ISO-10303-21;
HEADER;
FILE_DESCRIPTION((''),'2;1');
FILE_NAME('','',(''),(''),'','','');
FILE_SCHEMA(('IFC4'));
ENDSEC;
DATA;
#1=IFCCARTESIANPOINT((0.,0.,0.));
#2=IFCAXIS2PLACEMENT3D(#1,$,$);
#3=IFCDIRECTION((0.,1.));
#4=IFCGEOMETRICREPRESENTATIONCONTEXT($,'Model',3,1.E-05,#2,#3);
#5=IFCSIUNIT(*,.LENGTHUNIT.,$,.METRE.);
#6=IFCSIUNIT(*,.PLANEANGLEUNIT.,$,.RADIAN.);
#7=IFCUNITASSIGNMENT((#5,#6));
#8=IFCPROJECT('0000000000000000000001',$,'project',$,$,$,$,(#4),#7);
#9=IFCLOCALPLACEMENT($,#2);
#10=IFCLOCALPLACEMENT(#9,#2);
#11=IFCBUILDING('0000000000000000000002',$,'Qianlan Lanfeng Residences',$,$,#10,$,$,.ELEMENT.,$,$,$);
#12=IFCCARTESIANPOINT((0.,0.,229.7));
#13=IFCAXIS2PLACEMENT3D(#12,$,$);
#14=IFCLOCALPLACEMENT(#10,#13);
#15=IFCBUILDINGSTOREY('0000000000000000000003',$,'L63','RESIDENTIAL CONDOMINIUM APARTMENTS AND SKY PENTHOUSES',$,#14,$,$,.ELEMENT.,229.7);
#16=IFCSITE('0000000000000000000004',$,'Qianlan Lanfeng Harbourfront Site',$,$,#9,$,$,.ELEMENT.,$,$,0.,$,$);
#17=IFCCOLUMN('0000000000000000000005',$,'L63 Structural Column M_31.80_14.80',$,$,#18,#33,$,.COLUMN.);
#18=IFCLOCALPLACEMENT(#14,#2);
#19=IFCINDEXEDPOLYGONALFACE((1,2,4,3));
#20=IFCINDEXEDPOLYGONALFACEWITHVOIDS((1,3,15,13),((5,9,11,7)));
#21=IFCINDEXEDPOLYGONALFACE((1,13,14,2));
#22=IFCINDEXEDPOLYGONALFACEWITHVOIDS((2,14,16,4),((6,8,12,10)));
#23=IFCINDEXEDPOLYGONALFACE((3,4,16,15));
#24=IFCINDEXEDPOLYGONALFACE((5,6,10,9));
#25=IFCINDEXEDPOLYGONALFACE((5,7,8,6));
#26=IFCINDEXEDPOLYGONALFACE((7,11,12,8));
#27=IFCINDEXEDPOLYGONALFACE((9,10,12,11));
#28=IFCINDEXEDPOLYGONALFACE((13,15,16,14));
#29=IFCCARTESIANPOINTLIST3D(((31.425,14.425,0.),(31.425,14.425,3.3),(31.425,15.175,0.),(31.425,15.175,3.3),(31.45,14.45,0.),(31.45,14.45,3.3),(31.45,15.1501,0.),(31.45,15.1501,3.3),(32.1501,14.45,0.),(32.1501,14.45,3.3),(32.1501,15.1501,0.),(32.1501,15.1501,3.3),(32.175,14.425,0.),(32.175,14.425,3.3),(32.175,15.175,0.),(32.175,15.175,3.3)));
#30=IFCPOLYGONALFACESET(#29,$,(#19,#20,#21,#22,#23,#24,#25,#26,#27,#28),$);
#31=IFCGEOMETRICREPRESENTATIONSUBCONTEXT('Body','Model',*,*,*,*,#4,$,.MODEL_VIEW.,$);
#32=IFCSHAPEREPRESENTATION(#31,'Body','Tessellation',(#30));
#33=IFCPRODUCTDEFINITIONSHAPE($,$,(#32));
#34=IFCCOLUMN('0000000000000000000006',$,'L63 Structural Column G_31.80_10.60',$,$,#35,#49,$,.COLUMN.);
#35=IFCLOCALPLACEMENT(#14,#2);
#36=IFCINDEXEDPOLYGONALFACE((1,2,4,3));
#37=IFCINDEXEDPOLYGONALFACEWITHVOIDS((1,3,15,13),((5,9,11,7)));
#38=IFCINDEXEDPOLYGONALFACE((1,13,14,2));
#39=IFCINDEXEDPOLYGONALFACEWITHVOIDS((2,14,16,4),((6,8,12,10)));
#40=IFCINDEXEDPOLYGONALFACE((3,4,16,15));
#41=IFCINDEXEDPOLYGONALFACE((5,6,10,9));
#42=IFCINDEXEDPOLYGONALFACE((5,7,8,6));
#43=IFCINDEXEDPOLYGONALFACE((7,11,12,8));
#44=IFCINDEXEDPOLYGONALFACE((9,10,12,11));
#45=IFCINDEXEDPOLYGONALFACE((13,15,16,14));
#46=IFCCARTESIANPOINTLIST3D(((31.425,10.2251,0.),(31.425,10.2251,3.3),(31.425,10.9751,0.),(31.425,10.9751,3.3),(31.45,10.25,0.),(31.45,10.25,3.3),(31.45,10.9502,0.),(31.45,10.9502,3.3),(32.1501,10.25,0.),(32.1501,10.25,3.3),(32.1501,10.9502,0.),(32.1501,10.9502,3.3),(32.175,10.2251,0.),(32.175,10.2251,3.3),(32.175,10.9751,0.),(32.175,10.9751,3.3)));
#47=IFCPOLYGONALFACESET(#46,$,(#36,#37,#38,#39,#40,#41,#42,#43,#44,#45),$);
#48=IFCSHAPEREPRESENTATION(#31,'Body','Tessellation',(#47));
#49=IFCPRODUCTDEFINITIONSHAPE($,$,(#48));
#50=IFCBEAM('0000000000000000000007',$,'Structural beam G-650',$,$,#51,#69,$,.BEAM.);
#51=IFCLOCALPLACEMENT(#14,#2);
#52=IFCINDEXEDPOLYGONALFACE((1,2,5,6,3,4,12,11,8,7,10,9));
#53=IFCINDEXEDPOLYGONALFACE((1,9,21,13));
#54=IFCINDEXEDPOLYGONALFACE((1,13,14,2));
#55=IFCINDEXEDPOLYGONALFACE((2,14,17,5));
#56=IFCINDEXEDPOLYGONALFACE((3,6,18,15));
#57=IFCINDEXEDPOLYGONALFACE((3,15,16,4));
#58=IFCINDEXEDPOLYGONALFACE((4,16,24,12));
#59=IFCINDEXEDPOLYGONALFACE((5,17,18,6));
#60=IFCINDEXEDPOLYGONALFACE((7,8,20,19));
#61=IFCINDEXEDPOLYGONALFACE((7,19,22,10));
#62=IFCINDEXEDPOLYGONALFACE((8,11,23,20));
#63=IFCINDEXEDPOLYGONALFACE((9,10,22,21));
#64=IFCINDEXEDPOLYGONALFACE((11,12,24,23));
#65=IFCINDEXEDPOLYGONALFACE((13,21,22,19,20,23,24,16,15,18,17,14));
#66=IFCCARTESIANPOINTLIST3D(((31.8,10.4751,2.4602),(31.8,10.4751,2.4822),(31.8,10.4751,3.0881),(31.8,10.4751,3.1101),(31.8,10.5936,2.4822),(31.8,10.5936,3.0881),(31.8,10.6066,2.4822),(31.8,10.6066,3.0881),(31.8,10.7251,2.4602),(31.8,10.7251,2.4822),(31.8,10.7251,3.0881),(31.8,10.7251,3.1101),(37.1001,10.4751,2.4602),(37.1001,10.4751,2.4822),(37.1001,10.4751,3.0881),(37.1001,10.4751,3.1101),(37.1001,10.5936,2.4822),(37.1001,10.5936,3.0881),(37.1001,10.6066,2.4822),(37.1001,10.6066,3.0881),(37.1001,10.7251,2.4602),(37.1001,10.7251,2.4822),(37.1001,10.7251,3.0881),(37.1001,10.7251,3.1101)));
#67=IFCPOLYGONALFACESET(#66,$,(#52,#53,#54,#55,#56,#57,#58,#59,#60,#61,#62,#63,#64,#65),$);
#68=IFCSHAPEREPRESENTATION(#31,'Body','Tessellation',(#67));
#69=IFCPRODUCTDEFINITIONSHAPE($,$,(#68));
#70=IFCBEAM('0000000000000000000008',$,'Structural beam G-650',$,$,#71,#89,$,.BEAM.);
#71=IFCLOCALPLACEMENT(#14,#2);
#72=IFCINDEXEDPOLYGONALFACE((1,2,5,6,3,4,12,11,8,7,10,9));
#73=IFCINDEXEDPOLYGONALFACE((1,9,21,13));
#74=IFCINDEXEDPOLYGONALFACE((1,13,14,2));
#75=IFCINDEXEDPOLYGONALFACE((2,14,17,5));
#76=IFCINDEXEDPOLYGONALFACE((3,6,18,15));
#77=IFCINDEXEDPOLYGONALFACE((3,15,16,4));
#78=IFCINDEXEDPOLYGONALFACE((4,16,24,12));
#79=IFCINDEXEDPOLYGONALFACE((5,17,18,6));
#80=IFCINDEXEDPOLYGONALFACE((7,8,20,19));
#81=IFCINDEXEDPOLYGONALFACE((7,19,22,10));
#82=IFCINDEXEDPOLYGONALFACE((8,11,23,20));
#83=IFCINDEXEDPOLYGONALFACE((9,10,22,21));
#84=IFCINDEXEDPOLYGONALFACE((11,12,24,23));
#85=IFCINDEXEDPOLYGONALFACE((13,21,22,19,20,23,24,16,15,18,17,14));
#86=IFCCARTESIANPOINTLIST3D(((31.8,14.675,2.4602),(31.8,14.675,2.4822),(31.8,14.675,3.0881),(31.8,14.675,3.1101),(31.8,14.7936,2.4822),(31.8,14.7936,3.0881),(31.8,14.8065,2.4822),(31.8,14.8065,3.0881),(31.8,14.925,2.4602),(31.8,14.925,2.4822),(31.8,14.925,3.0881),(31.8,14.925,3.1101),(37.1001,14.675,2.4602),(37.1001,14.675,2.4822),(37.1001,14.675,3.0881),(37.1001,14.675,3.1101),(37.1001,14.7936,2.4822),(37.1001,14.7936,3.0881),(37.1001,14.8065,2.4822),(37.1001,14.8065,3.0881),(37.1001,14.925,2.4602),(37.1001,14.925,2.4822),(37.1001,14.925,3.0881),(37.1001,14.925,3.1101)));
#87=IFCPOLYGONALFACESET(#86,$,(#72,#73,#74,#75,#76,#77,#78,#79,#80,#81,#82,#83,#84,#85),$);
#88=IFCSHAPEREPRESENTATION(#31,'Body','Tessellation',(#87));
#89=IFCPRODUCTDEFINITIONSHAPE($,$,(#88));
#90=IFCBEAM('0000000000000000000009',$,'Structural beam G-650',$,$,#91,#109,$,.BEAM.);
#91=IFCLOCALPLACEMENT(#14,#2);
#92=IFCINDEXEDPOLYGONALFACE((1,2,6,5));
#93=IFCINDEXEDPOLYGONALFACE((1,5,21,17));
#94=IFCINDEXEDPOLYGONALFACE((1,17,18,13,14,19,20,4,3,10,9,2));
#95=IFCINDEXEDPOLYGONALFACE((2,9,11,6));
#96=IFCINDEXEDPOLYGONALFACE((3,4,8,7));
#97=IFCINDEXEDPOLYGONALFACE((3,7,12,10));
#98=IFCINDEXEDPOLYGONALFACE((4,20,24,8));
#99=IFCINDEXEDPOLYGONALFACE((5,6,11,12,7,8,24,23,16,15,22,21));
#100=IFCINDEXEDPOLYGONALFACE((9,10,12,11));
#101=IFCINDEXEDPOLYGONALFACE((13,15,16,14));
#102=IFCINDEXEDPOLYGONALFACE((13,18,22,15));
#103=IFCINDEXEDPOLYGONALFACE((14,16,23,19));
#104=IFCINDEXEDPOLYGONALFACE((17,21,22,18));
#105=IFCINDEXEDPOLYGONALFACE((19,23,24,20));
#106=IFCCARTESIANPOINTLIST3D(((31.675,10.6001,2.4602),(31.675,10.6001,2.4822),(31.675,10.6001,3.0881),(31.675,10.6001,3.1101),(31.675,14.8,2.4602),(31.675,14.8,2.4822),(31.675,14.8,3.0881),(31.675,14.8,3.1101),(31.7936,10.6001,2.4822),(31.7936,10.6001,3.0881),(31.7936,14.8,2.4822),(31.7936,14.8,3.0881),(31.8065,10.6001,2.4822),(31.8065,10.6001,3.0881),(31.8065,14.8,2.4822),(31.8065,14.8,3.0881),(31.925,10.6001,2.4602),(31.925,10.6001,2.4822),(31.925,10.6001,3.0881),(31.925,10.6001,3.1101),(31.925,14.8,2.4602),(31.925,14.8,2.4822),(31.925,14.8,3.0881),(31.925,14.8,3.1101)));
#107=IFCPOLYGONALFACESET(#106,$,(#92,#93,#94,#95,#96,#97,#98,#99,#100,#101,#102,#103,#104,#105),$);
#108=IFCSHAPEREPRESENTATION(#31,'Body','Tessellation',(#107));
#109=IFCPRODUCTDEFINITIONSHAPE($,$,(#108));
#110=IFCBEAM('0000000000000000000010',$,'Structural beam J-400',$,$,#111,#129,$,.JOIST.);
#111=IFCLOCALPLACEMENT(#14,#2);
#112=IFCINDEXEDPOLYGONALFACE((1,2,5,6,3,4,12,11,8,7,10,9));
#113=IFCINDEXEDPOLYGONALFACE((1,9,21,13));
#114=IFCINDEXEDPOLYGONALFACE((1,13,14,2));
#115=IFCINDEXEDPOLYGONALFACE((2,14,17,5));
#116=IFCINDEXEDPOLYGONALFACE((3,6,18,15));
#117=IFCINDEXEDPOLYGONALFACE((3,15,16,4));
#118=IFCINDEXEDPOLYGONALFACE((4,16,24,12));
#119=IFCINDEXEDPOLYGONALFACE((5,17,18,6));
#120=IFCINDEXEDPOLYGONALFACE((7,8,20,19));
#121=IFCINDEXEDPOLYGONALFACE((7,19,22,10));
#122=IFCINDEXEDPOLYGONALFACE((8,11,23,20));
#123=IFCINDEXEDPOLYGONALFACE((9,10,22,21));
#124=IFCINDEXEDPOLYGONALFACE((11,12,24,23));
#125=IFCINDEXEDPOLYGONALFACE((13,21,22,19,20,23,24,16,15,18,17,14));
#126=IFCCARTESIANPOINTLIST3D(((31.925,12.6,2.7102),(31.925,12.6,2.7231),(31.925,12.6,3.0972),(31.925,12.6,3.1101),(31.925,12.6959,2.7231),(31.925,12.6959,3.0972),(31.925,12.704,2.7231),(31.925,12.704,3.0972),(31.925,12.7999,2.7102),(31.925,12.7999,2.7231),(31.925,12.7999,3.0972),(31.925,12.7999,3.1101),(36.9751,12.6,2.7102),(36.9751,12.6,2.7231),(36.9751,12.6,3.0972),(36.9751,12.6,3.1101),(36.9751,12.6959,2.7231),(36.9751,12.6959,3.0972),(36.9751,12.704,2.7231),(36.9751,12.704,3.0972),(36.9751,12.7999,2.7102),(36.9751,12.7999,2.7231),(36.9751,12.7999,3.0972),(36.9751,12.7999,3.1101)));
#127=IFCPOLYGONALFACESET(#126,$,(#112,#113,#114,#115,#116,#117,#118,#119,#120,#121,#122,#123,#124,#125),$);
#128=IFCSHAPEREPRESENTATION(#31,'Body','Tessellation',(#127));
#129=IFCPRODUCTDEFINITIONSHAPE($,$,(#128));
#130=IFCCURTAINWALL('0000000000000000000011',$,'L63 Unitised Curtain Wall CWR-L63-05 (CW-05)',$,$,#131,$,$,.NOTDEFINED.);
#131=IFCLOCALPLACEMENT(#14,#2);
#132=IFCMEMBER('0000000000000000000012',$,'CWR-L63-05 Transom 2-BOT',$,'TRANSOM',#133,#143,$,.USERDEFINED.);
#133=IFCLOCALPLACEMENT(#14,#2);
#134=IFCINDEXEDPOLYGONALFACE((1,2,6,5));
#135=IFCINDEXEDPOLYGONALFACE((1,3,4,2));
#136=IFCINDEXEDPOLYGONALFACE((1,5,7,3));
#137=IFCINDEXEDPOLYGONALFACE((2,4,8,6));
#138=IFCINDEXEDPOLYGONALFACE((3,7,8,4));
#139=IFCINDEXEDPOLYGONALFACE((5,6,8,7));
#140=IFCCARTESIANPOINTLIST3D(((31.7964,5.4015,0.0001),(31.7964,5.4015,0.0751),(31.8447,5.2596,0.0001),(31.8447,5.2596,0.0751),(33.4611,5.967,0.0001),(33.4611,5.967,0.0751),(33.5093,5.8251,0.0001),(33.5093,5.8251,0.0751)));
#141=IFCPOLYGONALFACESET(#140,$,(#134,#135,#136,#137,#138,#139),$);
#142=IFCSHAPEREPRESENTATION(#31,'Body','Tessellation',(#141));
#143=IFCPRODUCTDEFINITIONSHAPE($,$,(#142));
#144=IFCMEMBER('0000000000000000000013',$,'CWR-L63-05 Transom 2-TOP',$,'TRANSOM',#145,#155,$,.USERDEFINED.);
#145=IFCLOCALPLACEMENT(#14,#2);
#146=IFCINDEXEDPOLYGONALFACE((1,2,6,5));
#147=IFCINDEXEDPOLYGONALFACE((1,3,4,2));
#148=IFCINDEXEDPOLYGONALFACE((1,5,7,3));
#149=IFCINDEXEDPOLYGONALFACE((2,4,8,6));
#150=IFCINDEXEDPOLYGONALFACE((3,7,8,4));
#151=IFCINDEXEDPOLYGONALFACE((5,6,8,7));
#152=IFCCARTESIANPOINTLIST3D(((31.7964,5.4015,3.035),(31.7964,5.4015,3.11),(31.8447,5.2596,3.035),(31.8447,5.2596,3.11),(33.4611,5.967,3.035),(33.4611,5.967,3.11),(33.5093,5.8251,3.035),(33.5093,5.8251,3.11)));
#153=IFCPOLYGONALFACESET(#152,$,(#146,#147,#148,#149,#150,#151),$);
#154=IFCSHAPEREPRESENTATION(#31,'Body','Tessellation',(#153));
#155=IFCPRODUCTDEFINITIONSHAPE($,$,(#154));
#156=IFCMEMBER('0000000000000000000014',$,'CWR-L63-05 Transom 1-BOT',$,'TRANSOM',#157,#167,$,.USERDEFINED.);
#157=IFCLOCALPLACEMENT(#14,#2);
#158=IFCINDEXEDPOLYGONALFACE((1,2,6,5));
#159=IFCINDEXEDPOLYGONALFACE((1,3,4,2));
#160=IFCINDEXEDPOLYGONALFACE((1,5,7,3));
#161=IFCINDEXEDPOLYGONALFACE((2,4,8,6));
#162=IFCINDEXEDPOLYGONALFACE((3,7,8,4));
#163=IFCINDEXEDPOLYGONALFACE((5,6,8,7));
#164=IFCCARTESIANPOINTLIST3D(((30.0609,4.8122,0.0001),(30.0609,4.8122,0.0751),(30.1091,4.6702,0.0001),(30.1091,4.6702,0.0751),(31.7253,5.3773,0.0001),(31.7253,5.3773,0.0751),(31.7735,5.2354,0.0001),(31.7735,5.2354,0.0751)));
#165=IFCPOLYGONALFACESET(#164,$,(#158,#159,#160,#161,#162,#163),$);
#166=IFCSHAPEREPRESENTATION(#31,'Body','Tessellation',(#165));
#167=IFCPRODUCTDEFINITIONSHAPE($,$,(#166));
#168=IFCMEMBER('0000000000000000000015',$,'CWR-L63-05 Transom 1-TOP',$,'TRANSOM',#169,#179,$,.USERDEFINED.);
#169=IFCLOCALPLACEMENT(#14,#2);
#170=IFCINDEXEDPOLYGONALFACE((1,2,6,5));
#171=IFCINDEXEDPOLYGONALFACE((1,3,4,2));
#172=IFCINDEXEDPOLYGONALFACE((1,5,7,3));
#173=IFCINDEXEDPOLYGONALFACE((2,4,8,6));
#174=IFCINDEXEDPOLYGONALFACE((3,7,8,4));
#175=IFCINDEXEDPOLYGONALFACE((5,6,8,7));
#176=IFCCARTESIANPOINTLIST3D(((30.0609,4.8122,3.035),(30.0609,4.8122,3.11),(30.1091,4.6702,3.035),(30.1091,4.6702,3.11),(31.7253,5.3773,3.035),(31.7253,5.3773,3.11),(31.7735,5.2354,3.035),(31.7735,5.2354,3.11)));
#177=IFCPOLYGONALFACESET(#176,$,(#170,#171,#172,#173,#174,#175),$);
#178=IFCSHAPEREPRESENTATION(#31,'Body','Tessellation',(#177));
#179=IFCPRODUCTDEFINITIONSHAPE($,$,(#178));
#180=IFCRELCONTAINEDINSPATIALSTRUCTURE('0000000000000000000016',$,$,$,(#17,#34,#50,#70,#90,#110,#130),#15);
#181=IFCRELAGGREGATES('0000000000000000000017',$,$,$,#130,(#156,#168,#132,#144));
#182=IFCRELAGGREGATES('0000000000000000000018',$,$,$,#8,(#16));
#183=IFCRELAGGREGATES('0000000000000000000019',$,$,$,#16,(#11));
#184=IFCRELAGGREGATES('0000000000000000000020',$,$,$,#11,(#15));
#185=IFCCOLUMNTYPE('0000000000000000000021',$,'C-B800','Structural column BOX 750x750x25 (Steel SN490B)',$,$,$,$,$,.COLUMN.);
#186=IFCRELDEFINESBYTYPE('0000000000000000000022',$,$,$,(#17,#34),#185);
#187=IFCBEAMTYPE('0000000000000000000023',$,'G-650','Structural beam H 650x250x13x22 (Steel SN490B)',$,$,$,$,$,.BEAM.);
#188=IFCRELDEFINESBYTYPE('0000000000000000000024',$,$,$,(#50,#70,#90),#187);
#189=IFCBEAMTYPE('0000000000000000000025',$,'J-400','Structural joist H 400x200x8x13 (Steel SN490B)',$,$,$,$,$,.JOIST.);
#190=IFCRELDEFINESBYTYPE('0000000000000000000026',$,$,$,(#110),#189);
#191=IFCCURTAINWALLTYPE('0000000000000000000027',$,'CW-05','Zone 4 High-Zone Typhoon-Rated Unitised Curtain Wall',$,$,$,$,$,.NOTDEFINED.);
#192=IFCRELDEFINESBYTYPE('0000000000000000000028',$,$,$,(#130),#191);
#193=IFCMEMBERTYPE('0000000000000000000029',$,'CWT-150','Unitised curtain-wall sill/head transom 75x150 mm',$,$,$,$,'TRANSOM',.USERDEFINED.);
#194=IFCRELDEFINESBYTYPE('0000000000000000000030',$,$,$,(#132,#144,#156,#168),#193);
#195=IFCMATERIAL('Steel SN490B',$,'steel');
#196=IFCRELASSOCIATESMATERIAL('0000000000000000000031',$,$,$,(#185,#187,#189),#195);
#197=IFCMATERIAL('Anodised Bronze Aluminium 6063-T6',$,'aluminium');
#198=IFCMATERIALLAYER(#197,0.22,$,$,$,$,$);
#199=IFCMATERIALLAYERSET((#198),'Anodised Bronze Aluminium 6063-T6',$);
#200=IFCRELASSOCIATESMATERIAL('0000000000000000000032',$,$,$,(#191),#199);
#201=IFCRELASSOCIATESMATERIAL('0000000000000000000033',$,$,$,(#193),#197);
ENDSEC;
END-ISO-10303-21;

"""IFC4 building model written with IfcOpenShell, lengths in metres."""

from ifc_helpers import new_model, si_unit, direction, frame, origin, origin_2d, place, context, subcontext, project, spatial, rectangle, hollow_rectangle, i_section, extrude, source, transform, mapped, material, layer, layer_set, material_profile, profile_set, type_object, element, aggregate, save


model = new_model("IFC4")

# Units and contexts
model_context = context("Model", 3, precision=1e-05, world=origin(), true_north=direction((0.0, 1.0)))
body_context = subcontext(model_context, "Body", "Model", "MODEL_VIEW")
ifc_project = project(units=[si_unit("LENGTHUNIT", "METRE"), si_unit("PLANEANGLEUNIT", "RADIAN")], contexts=[model_context])

# Site, building, storey
site_placement = place(None, origin())
site = spatial("IfcSite", under=ifc_project, at=site_placement, Name="Qianlan Lanfeng Harbourfront Site", CompositionType="ELEMENT", RefElevation=0.0)
building_placement = place(site_placement, origin())
building = spatial("IfcBuilding", under=site, at=building_placement, Name="Qianlan Lanfeng Residences", CompositionType="ELEMENT")
storey_placement = place(building_placement, frame((0.0, 0.0, 229.7)))
storey = spatial("IfcBuildingStorey", under=building, at=storey_placement, Name="L63", Description="RESIDENTIAL CONDOMINIUM APARTMENTS AND SKY PENTHOUSES", CompositionType="ELEMENT", Elevation=229.7)

# Columns
ifc_material_1 = material(Name="Steel SN490B", Category="steel")
ifc_material_profile_1 = material_profile(ifc_material_1, hollow_rectangle(XDim=0.75, YDim=0.75, WallThickness=0.0249, at=origin_2d()), Name="BOX 750x750x25")
ifc_profile_set_1 = profile_set([ifc_material_profile_1], Name="Steel SN490B")
column_type = type_object("IfcColumnType", Name="C-B800", Description="Structural column BOX 750x750x25 (Steel SN490B)", PredefinedType="COLUMN", material=ifc_profile_set_1)
for number, where, z_axis, x_axis, name in (
    (1, (31.8, 14.8, 0.0), (0.0, 0.0, 1.0), (1.0, 0.0, 0.0), "L63 Structural Column M_31.80_14.80"),
    (2, (31.8, 10.6001, 0.0), (0.0, 0.0, 1.0), (1.0, 0.0, 0.0), "L63 Structural Column G_31.80_10.60"),
):
    element("IfcColumn", number, at=place(storey_placement, frame(where, z_axis=z_axis, x_axis=x_axis)), inside=storey, type_object=column_type, Name=name, PredefinedType="COLUMN", context=body_context, shape_type="SweptSolid", body=[
        extrude(hollow_rectangle(XDim=0.75, YDim=0.75, WallThickness=0.0249, at=origin_2d()), origin(), (0.0, 0.0, 1.0), 3.3),
    ])

# Beams
ifc_material_profile_2 = material_profile(ifc_material_1, i_section(OverallWidth=0.25, OverallDepth=0.6499, WebThickness=0.0129, FlangeThickness=0.022, at=origin_2d()), Name="H 650x250x13x22")
ifc_profile_set_2 = profile_set([ifc_material_profile_2], Name="Steel SN490B")
beam_type_1 = type_object("IfcBeamType", Name="G-650", Description="Structural beam H 650x250x13x22 (Steel SN490B)", PredefinedType="BEAM", material=ifc_profile_set_2)
for number, where, z_axis, x_axis, name in (
    (3, (31.8, 10.6001, 2.7852), (1.0, 0.0, 0.0), (0.0, 1.0, 0.0), "Structural beam G-650"),
    (4, (31.8, 14.8, 2.7852), (1.0, 0.0, 0.0), (0.0, 1.0, 0.0), "Structural beam G-650"),
):
    element("IfcBeam", number, at=place(storey_placement, frame(where, z_axis=z_axis, x_axis=x_axis)), inside=storey, type_object=beam_type_1, Name=name, PredefinedType="BEAM", context=body_context, shape_type="SweptSolid", body=[
        extrude(i_section(OverallWidth=0.25, OverallDepth=0.6499, WebThickness=0.0129, FlangeThickness=0.022, at=origin_2d()), origin(), (0.0, 0.0, 1.0), 5.3),
    ])
beam_1_placement = place(storey_placement, frame((31.8, 10.6001, 2.7852), z_axis=(0.0, 1.0, 0.0), x_axis=(-1.0, 0.0, 0.0)))
element("IfcBeam", 5, at=beam_1_placement, inside=storey, type_object=beam_type_1, Name="Structural beam G-650", PredefinedType="BEAM", context=body_context, shape_type="SweptSolid", body=[
    extrude(i_section(OverallWidth=0.25, OverallDepth=0.6499, WebThickness=0.0129, FlangeThickness=0.022, at=origin_2d()), origin(), (0.0, 0.0, 1.0), 4.2),
])
ifc_material_profile_3 = material_profile(ifc_material_1, i_section(OverallWidth=0.2, OverallDepth=0.3999, WebThickness=0.0081, FlangeThickness=0.0129, at=origin_2d()), Name="H 400x200x8x13")
ifc_profile_set_3 = profile_set([ifc_material_profile_3], Name="Steel SN490B")
beam_type_2 = type_object("IfcBeamType", Name="J-400", Description="Structural joist H 400x200x8x13 (Steel SN490B)", PredefinedType="JOIST", material=ifc_profile_set_3)
beam_2_placement = place(storey_placement, frame((31.925, 12.7, 2.9102), z_axis=(1.0, 0.0, 0.0), x_axis=(0.0, 1.0, 0.0)))
element("IfcBeam", 6, at=beam_2_placement, inside=storey, type_object=beam_type_2, Name="Structural beam J-400", PredefinedType="JOIST", context=body_context, shape_type="SweptSolid", body=[
    extrude(i_section(OverallWidth=0.2, OverallDepth=0.3999, WebThickness=0.0081, FlangeThickness=0.0129, at=origin_2d()), origin(), (0.0, 0.0, 1.0), 5.05),
])

# Curtain wall, members
ifc_material_2 = material(Name="Anodised Bronze Aluminium 6063-T6", Category="aluminium")
ifc_layer_1 = layer(ifc_material_2, 0.22)
ifc_layer_set_1 = layer_set([ifc_layer_1], Name="Anodised Bronze Aluminium 6063-T6")
curtain_wall_type = type_object("IfcCurtainWallType", Name="CW-05", Description="Zone 4 High-Zone Typhoon-Rated Unitised Curtain Wall", PredefinedType="NOTDEFINED", material=ifc_layer_set_1)
curtain_wall_placement = place(storey_placement, origin())
curtain_wall = element("IfcCurtainWall", 7, at=curtain_wall_placement, inside=storey, type_object=curtain_wall_type, Name="L63 Unitised Curtain Wall CWR-L63-05 (CW-05)", PredefinedType="NOTDEFINED")
ifc_material_profile_4 = material_profile(ifc_material_2, rectangle(XDim=0.075, YDim=0.1499, at=origin_2d()), Name="ALU TRANSOM 75x150")
ifc_profile_set_4 = profile_set([ifc_material_profile_4], Name="Anodised Bronze Aluminium 6063-T6")
member_type_1 = type_object("IfcMemberType", Name="CWT-150", Description="Unitised curtain-wall sill/head transom 75x150 mm", ElementType="TRANSOM", PredefinedType="USERDEFINED", material=ifc_profile_set_4)
shared_shape_1 = source(origin(), body_context, "Body", "SweptSolid", [
    extrude(rectangle(XDim=0.075, YDim=0.1499, at=origin_2d()), origin(), (0.0, 0.0, 1.0), 1.7581),
])
member_1_placement = place(storey_placement, frame((31.8206, 5.3306, 0.0376), z_axis=(0.946862, 0.321639, 0.0), x_axis=(0.0, 0.0, 1.0)))
member_1 = element("IfcMember", 8, at=member_1_placement, type_object=member_type_1, Name="CWR-L63-05 Transom 2-BOT", ObjectType="TRANSOM", PredefinedType="USERDEFINED", context=body_context, shape_type="MappedRepresentation", body=[
    mapped(shared_shape_1, transform((0.0, 0.0, 0.0), scale=1.0)),
])
member_2_placement = place(storey_placement, frame((31.8206, 5.3306, 3.0725), z_axis=(0.946862, 0.321639, 0.0), x_axis=(0.0, 0.0, 1.0)))
member_2 = element("IfcMember", 9, at=member_2_placement, type_object=member_type_1, Name="CWR-L63-05 Transom 2-TOP", ObjectType="TRANSOM", PredefinedType="USERDEFINED", context=body_context, shape_type="MappedRepresentation", body=[
    mapped(shared_shape_1, transform((0.0, 0.0, 0.0), scale=1.0)),
])
shared_shape_2 = source(origin(), body_context, "Body", "SweptSolid", [
    extrude(rectangle(XDim=0.075, YDim=0.1499, at=origin_2d()), origin(), (0.0, 0.0, 1.0), 1.7578),
])
member_3_placement = place(storey_placement, frame((30.085, 4.7412, 0.0376), z_axis=(0.946905, 0.321514, 0.0), x_axis=(0.0, 0.0, 1.0)))
member_3 = element("IfcMember", 10, at=member_3_placement, type_object=member_type_1, Name="CWR-L63-05 Transom 1-BOT", ObjectType="TRANSOM", PredefinedType="USERDEFINED", context=body_context, shape_type="MappedRepresentation", body=[
    mapped(shared_shape_2, transform((0.0, 0.0, 0.0), scale=1.0)),
])
member_4_placement = place(storey_placement, frame((30.085, 4.7412, 3.0725), z_axis=(0.946905, 0.321514, 0.0), x_axis=(0.0, 0.0, 1.0)))
member_4 = element("IfcMember", 11, at=member_4_placement, type_object=member_type_1, Name="CWR-L63-05 Transom 1-TOP", ObjectType="TRANSOM", PredefinedType="USERDEFINED", context=body_context, shape_type="MappedRepresentation", body=[
    mapped(shared_shape_2, transform((0.0, 0.0, 0.0), scale=1.0)),
])
aggregate(curtain_wall, [member_3, member_4, member_1, member_2])

save(model, "model.ifc")
